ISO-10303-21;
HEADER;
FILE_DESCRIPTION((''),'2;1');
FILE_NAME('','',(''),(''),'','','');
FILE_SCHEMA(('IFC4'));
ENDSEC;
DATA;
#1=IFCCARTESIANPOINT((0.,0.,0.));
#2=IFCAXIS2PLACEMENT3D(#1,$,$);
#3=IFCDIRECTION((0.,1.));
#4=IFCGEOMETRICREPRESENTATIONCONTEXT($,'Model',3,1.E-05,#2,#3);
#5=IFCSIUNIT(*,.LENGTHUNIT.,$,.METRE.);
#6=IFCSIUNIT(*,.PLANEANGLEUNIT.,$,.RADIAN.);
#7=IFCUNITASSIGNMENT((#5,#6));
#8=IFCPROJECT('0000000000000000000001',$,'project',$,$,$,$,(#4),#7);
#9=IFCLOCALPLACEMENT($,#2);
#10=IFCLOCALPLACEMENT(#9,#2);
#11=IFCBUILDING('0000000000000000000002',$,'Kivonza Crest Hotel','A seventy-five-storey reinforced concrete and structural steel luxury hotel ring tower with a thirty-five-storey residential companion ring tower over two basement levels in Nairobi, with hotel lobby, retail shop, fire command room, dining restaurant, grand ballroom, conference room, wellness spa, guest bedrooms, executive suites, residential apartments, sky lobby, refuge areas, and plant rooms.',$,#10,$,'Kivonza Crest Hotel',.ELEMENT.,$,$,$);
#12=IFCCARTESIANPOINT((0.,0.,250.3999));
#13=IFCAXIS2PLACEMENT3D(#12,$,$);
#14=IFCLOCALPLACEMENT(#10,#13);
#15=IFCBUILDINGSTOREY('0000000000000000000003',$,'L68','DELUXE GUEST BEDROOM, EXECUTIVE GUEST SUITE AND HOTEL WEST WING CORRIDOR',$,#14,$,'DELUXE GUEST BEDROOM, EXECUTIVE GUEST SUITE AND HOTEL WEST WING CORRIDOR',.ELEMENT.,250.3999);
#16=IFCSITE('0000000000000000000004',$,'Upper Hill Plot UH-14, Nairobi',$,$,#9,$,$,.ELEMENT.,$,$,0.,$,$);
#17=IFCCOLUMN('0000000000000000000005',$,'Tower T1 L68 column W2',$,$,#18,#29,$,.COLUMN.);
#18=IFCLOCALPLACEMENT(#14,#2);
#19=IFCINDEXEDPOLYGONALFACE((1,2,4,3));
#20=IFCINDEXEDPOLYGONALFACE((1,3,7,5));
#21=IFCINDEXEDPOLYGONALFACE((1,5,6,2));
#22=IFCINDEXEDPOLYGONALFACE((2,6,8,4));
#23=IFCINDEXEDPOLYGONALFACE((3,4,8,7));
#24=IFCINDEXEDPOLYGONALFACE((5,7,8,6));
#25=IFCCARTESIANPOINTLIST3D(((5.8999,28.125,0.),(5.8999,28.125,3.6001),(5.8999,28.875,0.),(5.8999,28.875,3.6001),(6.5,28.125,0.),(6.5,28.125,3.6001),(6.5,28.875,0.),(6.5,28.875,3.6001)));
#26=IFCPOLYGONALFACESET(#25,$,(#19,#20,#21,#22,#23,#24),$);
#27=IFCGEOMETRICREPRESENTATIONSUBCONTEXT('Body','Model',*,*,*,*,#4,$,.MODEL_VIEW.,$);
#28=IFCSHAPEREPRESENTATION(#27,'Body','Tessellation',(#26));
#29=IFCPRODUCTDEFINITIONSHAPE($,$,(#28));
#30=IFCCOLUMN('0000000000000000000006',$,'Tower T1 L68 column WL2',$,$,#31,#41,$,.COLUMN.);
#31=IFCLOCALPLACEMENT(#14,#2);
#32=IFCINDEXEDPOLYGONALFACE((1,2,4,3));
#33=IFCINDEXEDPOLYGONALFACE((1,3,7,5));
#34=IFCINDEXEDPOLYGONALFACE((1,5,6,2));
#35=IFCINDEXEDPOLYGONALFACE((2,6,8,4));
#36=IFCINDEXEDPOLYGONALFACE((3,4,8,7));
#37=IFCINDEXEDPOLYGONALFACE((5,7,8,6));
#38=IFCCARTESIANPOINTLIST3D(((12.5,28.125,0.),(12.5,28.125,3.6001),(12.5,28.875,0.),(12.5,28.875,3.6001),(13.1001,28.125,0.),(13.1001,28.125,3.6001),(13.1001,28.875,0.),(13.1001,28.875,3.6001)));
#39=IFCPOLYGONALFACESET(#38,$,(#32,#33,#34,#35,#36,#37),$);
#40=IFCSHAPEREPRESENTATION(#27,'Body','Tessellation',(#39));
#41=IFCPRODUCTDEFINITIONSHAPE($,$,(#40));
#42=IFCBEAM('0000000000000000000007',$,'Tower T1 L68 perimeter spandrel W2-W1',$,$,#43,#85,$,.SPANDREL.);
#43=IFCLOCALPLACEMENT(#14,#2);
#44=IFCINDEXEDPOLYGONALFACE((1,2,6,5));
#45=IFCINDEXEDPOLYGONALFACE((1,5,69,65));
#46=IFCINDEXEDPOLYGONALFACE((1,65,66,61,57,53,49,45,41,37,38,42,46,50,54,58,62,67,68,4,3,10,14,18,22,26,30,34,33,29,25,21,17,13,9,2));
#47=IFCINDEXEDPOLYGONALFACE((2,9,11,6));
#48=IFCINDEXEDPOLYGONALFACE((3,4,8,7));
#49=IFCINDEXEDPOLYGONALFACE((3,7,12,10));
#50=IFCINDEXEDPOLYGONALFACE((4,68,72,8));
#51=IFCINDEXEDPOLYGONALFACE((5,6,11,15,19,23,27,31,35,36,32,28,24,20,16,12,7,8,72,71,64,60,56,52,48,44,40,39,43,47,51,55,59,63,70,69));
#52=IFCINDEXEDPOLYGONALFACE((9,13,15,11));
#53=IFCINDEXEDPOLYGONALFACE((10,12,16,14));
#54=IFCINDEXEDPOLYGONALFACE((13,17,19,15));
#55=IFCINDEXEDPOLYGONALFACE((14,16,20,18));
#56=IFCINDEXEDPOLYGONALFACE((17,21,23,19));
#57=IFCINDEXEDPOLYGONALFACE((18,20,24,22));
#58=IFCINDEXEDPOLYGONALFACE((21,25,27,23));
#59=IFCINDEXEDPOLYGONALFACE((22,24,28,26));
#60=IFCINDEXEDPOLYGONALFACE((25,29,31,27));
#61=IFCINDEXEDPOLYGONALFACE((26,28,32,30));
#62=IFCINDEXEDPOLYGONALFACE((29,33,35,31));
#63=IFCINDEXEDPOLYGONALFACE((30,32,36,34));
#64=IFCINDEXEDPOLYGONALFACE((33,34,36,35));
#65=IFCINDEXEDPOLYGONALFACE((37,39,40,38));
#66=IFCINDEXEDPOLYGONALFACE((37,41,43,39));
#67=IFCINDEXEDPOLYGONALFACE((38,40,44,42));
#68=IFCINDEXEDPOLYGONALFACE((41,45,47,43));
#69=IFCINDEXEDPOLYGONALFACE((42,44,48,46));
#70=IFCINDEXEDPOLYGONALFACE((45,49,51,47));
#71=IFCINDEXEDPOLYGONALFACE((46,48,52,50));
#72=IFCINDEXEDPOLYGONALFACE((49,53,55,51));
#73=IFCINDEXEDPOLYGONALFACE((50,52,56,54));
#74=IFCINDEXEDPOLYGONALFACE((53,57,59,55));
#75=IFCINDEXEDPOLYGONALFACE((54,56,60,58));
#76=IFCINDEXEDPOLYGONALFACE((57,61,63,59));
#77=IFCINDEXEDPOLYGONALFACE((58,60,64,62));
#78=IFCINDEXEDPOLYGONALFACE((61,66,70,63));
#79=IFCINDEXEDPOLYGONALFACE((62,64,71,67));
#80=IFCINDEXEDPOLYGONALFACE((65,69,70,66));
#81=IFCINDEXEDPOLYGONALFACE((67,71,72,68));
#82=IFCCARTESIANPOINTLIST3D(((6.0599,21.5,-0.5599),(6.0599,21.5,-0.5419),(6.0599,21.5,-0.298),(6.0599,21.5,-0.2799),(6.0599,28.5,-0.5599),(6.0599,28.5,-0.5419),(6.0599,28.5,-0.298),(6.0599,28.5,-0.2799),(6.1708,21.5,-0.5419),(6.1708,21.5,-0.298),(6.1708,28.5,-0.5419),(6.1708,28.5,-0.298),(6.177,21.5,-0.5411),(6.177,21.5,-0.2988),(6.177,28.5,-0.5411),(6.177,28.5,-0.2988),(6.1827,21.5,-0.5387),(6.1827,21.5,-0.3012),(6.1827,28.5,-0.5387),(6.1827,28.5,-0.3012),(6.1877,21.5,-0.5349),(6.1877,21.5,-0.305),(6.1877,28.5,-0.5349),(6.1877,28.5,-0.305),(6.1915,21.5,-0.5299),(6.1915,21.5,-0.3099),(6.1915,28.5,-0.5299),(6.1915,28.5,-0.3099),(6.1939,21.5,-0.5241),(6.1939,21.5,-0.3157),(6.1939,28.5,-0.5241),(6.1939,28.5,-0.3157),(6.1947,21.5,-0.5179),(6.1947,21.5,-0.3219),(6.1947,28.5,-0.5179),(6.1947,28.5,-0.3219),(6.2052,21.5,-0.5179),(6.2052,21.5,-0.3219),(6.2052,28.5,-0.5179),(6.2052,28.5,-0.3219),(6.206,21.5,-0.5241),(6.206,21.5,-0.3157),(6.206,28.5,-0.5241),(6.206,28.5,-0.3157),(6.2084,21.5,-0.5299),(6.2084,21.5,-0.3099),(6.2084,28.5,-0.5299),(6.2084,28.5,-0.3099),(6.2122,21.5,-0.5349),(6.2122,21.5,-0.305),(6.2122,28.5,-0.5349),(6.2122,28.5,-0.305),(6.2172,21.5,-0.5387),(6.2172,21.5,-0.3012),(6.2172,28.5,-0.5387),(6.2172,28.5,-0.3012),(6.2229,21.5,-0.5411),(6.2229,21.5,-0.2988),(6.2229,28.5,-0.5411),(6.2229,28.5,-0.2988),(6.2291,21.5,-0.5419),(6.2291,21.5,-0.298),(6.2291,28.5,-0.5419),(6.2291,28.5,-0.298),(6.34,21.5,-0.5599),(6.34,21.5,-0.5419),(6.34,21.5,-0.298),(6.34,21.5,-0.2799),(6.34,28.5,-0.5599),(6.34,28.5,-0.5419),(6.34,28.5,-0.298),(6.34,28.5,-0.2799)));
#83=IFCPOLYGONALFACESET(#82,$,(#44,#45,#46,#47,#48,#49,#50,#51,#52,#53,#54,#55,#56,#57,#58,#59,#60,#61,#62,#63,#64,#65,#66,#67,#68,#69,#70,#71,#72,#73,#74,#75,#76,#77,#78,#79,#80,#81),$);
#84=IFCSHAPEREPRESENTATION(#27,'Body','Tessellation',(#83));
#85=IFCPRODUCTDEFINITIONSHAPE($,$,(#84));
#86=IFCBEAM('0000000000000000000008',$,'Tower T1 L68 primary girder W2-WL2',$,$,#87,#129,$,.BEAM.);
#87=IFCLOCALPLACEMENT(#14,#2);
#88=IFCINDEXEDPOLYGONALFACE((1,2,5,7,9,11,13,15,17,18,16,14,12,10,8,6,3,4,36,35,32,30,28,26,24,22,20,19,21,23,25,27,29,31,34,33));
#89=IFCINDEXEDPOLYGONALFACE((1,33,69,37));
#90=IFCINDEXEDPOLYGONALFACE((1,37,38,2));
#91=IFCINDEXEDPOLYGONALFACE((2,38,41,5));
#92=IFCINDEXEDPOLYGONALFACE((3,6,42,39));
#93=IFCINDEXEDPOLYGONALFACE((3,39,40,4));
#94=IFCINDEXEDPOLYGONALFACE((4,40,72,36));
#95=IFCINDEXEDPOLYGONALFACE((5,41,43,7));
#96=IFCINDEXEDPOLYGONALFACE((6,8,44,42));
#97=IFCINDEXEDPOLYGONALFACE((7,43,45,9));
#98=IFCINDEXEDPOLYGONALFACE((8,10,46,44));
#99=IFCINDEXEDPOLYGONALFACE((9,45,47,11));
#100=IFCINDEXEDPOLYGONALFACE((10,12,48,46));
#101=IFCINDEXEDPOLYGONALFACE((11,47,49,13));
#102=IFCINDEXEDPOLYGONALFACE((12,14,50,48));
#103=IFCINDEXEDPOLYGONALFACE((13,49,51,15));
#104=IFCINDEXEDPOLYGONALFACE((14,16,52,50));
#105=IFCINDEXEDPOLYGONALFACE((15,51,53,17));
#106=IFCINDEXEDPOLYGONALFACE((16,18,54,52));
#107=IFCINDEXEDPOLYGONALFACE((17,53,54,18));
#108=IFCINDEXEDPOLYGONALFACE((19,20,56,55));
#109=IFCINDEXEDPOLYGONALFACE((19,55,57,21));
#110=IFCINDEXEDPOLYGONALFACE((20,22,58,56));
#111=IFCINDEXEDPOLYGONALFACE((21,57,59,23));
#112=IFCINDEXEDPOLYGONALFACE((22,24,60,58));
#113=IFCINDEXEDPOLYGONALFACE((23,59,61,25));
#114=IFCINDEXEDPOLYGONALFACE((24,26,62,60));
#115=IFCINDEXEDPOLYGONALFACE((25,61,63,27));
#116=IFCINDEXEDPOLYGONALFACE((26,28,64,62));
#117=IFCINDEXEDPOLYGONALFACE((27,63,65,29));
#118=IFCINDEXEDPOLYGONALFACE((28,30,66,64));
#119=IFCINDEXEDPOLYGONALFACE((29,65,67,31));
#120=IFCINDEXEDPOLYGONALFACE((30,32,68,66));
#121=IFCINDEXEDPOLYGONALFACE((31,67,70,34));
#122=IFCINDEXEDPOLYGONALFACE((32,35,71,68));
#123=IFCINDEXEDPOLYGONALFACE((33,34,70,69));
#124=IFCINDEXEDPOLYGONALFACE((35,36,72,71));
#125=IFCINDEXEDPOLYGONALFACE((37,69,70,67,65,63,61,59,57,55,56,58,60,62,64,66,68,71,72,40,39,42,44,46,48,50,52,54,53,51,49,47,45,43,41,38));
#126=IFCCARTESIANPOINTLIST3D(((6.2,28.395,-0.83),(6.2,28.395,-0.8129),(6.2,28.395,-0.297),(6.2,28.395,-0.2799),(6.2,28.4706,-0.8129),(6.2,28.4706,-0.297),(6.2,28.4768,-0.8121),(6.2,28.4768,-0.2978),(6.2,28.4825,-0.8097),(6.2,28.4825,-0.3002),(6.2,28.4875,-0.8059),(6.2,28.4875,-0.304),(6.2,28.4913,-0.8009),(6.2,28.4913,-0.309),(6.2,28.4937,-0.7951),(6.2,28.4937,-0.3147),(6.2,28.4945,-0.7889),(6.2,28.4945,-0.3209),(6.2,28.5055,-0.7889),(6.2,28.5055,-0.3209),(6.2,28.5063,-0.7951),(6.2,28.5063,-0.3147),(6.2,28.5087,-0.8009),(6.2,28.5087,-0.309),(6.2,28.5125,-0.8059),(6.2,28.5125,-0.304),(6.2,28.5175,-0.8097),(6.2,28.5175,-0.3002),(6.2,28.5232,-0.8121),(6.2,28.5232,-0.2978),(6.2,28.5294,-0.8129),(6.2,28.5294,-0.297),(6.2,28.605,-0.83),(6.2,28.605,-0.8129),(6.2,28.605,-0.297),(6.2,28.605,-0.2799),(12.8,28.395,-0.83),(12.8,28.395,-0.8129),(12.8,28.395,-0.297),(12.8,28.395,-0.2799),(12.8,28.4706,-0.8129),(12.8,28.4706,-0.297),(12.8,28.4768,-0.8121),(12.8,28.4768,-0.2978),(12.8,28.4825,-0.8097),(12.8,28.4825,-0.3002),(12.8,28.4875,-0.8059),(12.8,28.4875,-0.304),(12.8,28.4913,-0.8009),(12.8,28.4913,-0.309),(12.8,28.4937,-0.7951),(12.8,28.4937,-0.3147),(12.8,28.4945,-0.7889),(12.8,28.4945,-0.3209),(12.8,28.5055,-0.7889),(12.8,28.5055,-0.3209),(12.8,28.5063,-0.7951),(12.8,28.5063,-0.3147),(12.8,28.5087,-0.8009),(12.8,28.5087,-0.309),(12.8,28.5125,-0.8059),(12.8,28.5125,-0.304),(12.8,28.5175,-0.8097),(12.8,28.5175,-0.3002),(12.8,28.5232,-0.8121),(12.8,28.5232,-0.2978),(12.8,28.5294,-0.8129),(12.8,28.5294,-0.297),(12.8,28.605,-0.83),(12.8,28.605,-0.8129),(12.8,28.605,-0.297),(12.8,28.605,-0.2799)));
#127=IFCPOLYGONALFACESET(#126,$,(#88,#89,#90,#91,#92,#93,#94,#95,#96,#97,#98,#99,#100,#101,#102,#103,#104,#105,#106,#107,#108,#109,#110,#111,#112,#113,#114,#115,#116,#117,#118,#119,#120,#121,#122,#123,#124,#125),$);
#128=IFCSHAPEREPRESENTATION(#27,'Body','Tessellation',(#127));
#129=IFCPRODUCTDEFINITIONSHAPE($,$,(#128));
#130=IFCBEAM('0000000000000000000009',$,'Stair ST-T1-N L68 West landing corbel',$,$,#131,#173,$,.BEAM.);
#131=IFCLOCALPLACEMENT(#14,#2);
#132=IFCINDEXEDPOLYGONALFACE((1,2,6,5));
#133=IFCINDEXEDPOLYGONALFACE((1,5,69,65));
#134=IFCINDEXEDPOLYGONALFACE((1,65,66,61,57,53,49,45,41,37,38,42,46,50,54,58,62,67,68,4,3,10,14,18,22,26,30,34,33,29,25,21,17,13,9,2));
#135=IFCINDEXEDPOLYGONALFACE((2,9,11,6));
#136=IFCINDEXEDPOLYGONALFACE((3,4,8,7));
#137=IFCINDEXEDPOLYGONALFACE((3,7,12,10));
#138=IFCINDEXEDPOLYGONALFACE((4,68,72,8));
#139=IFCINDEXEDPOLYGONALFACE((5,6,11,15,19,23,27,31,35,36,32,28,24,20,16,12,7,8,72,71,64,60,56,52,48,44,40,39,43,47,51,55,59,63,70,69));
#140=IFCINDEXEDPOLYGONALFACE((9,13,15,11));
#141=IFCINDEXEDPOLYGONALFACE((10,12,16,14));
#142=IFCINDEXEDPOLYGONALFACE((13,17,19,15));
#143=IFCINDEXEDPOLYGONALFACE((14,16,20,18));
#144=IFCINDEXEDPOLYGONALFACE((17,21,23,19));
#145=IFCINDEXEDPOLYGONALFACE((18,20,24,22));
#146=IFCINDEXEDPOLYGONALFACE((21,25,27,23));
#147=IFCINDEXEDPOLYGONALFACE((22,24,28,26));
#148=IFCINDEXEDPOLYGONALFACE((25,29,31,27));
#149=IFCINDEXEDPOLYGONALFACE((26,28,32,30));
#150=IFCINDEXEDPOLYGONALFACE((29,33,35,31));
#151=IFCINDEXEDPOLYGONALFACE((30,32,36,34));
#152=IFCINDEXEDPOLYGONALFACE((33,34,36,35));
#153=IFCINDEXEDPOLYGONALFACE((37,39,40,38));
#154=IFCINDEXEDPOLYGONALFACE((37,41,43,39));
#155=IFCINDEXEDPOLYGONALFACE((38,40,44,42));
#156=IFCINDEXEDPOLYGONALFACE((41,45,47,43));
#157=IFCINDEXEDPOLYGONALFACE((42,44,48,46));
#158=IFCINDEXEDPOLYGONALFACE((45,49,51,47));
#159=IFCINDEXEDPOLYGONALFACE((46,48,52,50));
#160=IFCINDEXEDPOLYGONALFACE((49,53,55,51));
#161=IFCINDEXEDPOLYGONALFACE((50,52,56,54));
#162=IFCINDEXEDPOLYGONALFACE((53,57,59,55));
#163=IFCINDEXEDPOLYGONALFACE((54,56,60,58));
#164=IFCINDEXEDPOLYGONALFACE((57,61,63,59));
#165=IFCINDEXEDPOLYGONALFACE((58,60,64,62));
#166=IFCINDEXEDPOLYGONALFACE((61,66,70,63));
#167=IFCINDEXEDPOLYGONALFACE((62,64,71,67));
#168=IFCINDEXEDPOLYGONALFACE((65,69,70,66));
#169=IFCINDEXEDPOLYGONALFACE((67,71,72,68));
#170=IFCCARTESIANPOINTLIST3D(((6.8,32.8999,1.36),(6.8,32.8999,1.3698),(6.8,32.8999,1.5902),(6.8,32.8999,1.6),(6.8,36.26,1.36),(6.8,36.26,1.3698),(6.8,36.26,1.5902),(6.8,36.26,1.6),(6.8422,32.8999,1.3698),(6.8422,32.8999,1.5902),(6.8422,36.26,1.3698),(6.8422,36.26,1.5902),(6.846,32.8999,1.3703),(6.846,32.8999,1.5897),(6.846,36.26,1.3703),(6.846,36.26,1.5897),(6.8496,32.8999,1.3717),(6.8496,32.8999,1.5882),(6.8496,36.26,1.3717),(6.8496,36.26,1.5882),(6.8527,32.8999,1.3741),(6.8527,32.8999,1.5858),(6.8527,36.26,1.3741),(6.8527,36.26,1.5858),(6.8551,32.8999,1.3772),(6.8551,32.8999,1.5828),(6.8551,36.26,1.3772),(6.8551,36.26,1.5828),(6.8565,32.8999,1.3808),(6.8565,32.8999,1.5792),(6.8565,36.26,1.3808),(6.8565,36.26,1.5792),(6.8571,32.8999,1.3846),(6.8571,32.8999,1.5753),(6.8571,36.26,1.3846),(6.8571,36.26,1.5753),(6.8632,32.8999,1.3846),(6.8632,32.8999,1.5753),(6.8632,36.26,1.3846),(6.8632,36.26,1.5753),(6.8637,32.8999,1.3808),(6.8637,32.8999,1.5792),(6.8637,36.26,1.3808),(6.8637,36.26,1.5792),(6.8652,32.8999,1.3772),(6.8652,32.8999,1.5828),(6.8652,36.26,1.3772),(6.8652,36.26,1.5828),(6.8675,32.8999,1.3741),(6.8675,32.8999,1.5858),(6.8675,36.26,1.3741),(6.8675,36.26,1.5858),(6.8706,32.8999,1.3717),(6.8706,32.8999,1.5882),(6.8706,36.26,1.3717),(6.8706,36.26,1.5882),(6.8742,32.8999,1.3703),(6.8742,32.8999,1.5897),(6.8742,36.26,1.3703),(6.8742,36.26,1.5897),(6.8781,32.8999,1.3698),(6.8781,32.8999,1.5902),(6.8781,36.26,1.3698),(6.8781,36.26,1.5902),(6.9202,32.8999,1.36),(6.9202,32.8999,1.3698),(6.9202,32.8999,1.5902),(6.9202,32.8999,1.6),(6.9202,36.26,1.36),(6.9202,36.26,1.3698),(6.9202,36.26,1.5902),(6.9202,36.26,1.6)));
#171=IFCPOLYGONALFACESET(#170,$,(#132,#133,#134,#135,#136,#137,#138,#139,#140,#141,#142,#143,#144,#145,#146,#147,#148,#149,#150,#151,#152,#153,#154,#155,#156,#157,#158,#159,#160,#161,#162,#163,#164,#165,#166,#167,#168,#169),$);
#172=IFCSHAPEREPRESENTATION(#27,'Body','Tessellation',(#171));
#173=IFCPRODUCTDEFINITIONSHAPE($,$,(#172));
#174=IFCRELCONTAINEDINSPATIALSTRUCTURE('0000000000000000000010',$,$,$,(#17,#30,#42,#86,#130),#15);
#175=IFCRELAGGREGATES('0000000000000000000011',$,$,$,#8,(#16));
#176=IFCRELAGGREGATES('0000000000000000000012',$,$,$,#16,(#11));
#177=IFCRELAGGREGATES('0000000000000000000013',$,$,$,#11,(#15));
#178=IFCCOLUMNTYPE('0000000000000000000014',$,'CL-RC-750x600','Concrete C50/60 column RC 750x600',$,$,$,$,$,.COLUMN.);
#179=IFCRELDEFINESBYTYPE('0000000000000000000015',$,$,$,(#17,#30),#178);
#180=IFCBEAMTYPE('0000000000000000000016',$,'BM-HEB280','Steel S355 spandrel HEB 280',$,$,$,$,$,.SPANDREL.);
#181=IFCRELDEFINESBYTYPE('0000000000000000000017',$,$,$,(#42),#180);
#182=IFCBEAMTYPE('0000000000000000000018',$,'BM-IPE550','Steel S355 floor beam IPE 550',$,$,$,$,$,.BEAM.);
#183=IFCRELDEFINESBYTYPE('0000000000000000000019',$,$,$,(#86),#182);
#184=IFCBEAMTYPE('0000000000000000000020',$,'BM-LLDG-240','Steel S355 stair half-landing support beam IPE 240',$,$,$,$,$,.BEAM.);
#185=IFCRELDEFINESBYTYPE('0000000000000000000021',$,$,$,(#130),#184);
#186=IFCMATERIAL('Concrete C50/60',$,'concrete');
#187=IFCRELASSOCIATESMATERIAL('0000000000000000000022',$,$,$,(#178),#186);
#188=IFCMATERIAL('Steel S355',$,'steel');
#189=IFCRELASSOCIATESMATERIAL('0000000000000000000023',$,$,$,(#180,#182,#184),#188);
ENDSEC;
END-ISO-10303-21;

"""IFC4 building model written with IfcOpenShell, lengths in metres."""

from ifc_helpers import new_model, si_unit, direction, frame, origin, origin_2d, place, context, subcontext, project, spatial, rectangle, i_section, extrude, material, material_profile, profile_set, type_object, element, save


model = new_model("IFC4")

# Units and contexts
model_context = context("Model", 3, precision=1e-05, world=origin(), true_north=direction((0.0, 1.0)))
body_context = subcontext(model_context, "Body", "Model", "MODEL_VIEW")
ifc_project = project(units=[si_unit("LENGTHUNIT", "METRE"), si_unit("PLANEANGLEUNIT", "RADIAN")], contexts=[model_context])

# Site, building, storey
site_placement = place(None, origin())
site = spatial("IfcSite", under=ifc_project, at=site_placement, Name="Upper Hill Plot UH-14, Nairobi", CompositionType="ELEMENT", RefElevation=0.0)
building_placement = place(site_placement, origin())
building = spatial("IfcBuilding", under=site, at=building_placement, Name="Kivonza Crest Hotel", Description="A seventy-five-storey reinforced concrete and structural steel luxury hotel ring tower with a thirty-five-storey residential companion ring tower over two basement levels in Nairobi, with hotel lobby, retail shop, fire command room, dining restaurant, grand ballroom, conference room, wellness spa, guest bedrooms, executive suites, residential apartments, sky lobby, refuge areas, and plant rooms.", LongName="Kivonza Crest Hotel", CompositionType="ELEMENT")
storey_placement = place(building_placement, frame((0.0, 0.0, 250.3999)))
storey = spatial("IfcBuildingStorey", under=building, at=storey_placement, Name="L68", Description="DELUXE GUEST BEDROOM, EXECUTIVE GUEST SUITE AND HOTEL WEST WING CORRIDOR", LongName="DELUXE GUEST BEDROOM, EXECUTIVE GUEST SUITE AND HOTEL WEST WING CORRIDOR", CompositionType="ELEMENT", Elevation=250.3999)

# Columns
ifc_material_1 = material(Name="Concrete C50/60", Category="concrete")
ifc_material_profile_1 = material_profile(ifc_material_1, rectangle(XDim=0.6001, YDim=0.75, at=origin_2d()), Name="RC 750x600")
ifc_profile_set_1 = profile_set([ifc_material_profile_1], Name="Concrete C50/60")
column_type = type_object("IfcColumnType", Name="CL-RC-750x600", Description="Concrete C50/60 column RC 750x600", PredefinedType="COLUMN", material=ifc_profile_set_1)
for number, where, z_axis, x_axis, name in (
    (1, (6.2, 28.5, 0.0), (0.0, 0.0, 1.0), (1.0, 0.0, 0.0), "Tower T1 L68 column W2"),
    (2, (12.8, 28.5, 0.0), (0.0, 0.0, 1.0), (1.0, 0.0, 0.0), "Tower T1 L68 column WL2"),
):
    element("IfcColumn", number, at=place(storey_placement, frame(where, z_axis=z_axis, x_axis=x_axis)), inside=storey, type_object=column_type, Name=name, PredefinedType="COLUMN", context=body_context, shape_type="SweptSolid", body=[
        extrude(rectangle(XDim=0.6001, YDim=0.75, at=origin_2d()), origin(), (0.0, 0.0, 1.0), 3.6001),
    ])

# Beams
ifc_material_2 = material(Name="Steel S355", Category="steel")
ifc_material_profile_2 = material_profile(ifc_material_2, i_section(OverallWidth=0.28, OverallDepth=0.28, WebThickness=0.0105, FlangeThickness=0.0181, FilletRadius=0.0239, at=origin_2d()), Name="HEB 280")
ifc_profile_set_2 = profile_set([ifc_material_profile_2], Name="Steel S355")
beam_type_1 = type_object("IfcBeamType", Name="BM-HEB280", Description="Steel S355 spandrel HEB 280", PredefinedType="SPANDREL", material=ifc_profile_set_2)
beam_1_placement = place(storey_placement, frame((6.2, 28.5, -0.4199), z_axis=(0.0, -1.0, 0.0), x_axis=(1.0, 0.0, 0.0)))
element("IfcBeam", 3, at=beam_1_placement, inside=storey, type_object=beam_type_1, Name="Tower T1 L68 perimeter spandrel W2-W1", PredefinedType="SPANDREL", context=body_context, shape_type="SweptSolid", body=[
    extrude(i_section(OverallWidth=0.28, OverallDepth=0.28, WebThickness=0.0105, FlangeThickness=0.0181, FilletRadius=0.0239, at=origin_2d()), origin(), (0.0, 0.0, 1.0), 7.0),
])
ifc_material_profile_3 = material_profile(ifc_material_2, i_section(OverallWidth=0.21, OverallDepth=0.55, WebThickness=0.011, FlangeThickness=0.0171, FilletRadius=0.0239, at=origin_2d()), Name="IPE 550")
ifc_profile_set_3 = profile_set([ifc_material_profile_3], Name="Steel S355")
beam_type_2 = type_object("IfcBeamType", Name="BM-IPE550", Description="Steel S355 floor beam IPE 550", PredefinedType="BEAM", material=ifc_profile_set_3)
beam_2_placement = place(storey_placement, frame((6.2, 28.5, -0.5549), z_axis=(1.0, 0.0, 0.0), x_axis=(0.0, 1.0, 0.0)))
element("IfcBeam", 4, at=beam_2_placement, inside=storey, type_object=beam_type_2, Name="Tower T1 L68 primary girder W2-WL2", PredefinedType="BEAM", context=body_context, shape_type="SweptSolid", body=[
    extrude(i_section(OverallWidth=0.21, OverallDepth=0.55, WebThickness=0.011, FlangeThickness=0.0171, FilletRadius=0.0239, at=origin_2d()), origin(), (0.0, 0.0, 1.0), 6.6001),
])
ifc_material_profile_4 = material_profile(ifc_material_2, i_section(OverallWidth=0.1201, OverallDepth=0.24, WebThickness=0.0061, FlangeThickness=0.0098, FilletRadius=0.0149, at=origin_2d()), Name="IPE 240")
ifc_profile_set_4 = profile_set([ifc_material_profile_4], Name="Steel S355")
beam_type_3 = type_object("IfcBeamType", Name="BM-LLDG-240", Description="Steel S355 stair half-landing support beam IPE 240", PredefinedType="BEAM", material=ifc_profile_set_4)
beam_3_placement = place(storey_placement, frame((6.8601, 32.8999, 1.48), z_axis=(0.0, 1.0, 0.0), x_axis=(-1.0, 0.0, 0.0)))
element("IfcBeam", 5, at=beam_3_placement, inside=storey, type_object=beam_type_3, Name="Stair ST-T1-N L68 West landing corbel", PredefinedType="BEAM", context=body_context, shape_type="SweptSolid", body=[
    extrude(i_section(OverallWidth=0.1201, OverallDepth=0.24, WebThickness=0.0061, FlangeThickness=0.0098, FilletRadius=0.0149, at=origin_2d()), origin(), (0.0, 0.0, 1.0), 3.3601),
])

save(model, "model.ifc")
